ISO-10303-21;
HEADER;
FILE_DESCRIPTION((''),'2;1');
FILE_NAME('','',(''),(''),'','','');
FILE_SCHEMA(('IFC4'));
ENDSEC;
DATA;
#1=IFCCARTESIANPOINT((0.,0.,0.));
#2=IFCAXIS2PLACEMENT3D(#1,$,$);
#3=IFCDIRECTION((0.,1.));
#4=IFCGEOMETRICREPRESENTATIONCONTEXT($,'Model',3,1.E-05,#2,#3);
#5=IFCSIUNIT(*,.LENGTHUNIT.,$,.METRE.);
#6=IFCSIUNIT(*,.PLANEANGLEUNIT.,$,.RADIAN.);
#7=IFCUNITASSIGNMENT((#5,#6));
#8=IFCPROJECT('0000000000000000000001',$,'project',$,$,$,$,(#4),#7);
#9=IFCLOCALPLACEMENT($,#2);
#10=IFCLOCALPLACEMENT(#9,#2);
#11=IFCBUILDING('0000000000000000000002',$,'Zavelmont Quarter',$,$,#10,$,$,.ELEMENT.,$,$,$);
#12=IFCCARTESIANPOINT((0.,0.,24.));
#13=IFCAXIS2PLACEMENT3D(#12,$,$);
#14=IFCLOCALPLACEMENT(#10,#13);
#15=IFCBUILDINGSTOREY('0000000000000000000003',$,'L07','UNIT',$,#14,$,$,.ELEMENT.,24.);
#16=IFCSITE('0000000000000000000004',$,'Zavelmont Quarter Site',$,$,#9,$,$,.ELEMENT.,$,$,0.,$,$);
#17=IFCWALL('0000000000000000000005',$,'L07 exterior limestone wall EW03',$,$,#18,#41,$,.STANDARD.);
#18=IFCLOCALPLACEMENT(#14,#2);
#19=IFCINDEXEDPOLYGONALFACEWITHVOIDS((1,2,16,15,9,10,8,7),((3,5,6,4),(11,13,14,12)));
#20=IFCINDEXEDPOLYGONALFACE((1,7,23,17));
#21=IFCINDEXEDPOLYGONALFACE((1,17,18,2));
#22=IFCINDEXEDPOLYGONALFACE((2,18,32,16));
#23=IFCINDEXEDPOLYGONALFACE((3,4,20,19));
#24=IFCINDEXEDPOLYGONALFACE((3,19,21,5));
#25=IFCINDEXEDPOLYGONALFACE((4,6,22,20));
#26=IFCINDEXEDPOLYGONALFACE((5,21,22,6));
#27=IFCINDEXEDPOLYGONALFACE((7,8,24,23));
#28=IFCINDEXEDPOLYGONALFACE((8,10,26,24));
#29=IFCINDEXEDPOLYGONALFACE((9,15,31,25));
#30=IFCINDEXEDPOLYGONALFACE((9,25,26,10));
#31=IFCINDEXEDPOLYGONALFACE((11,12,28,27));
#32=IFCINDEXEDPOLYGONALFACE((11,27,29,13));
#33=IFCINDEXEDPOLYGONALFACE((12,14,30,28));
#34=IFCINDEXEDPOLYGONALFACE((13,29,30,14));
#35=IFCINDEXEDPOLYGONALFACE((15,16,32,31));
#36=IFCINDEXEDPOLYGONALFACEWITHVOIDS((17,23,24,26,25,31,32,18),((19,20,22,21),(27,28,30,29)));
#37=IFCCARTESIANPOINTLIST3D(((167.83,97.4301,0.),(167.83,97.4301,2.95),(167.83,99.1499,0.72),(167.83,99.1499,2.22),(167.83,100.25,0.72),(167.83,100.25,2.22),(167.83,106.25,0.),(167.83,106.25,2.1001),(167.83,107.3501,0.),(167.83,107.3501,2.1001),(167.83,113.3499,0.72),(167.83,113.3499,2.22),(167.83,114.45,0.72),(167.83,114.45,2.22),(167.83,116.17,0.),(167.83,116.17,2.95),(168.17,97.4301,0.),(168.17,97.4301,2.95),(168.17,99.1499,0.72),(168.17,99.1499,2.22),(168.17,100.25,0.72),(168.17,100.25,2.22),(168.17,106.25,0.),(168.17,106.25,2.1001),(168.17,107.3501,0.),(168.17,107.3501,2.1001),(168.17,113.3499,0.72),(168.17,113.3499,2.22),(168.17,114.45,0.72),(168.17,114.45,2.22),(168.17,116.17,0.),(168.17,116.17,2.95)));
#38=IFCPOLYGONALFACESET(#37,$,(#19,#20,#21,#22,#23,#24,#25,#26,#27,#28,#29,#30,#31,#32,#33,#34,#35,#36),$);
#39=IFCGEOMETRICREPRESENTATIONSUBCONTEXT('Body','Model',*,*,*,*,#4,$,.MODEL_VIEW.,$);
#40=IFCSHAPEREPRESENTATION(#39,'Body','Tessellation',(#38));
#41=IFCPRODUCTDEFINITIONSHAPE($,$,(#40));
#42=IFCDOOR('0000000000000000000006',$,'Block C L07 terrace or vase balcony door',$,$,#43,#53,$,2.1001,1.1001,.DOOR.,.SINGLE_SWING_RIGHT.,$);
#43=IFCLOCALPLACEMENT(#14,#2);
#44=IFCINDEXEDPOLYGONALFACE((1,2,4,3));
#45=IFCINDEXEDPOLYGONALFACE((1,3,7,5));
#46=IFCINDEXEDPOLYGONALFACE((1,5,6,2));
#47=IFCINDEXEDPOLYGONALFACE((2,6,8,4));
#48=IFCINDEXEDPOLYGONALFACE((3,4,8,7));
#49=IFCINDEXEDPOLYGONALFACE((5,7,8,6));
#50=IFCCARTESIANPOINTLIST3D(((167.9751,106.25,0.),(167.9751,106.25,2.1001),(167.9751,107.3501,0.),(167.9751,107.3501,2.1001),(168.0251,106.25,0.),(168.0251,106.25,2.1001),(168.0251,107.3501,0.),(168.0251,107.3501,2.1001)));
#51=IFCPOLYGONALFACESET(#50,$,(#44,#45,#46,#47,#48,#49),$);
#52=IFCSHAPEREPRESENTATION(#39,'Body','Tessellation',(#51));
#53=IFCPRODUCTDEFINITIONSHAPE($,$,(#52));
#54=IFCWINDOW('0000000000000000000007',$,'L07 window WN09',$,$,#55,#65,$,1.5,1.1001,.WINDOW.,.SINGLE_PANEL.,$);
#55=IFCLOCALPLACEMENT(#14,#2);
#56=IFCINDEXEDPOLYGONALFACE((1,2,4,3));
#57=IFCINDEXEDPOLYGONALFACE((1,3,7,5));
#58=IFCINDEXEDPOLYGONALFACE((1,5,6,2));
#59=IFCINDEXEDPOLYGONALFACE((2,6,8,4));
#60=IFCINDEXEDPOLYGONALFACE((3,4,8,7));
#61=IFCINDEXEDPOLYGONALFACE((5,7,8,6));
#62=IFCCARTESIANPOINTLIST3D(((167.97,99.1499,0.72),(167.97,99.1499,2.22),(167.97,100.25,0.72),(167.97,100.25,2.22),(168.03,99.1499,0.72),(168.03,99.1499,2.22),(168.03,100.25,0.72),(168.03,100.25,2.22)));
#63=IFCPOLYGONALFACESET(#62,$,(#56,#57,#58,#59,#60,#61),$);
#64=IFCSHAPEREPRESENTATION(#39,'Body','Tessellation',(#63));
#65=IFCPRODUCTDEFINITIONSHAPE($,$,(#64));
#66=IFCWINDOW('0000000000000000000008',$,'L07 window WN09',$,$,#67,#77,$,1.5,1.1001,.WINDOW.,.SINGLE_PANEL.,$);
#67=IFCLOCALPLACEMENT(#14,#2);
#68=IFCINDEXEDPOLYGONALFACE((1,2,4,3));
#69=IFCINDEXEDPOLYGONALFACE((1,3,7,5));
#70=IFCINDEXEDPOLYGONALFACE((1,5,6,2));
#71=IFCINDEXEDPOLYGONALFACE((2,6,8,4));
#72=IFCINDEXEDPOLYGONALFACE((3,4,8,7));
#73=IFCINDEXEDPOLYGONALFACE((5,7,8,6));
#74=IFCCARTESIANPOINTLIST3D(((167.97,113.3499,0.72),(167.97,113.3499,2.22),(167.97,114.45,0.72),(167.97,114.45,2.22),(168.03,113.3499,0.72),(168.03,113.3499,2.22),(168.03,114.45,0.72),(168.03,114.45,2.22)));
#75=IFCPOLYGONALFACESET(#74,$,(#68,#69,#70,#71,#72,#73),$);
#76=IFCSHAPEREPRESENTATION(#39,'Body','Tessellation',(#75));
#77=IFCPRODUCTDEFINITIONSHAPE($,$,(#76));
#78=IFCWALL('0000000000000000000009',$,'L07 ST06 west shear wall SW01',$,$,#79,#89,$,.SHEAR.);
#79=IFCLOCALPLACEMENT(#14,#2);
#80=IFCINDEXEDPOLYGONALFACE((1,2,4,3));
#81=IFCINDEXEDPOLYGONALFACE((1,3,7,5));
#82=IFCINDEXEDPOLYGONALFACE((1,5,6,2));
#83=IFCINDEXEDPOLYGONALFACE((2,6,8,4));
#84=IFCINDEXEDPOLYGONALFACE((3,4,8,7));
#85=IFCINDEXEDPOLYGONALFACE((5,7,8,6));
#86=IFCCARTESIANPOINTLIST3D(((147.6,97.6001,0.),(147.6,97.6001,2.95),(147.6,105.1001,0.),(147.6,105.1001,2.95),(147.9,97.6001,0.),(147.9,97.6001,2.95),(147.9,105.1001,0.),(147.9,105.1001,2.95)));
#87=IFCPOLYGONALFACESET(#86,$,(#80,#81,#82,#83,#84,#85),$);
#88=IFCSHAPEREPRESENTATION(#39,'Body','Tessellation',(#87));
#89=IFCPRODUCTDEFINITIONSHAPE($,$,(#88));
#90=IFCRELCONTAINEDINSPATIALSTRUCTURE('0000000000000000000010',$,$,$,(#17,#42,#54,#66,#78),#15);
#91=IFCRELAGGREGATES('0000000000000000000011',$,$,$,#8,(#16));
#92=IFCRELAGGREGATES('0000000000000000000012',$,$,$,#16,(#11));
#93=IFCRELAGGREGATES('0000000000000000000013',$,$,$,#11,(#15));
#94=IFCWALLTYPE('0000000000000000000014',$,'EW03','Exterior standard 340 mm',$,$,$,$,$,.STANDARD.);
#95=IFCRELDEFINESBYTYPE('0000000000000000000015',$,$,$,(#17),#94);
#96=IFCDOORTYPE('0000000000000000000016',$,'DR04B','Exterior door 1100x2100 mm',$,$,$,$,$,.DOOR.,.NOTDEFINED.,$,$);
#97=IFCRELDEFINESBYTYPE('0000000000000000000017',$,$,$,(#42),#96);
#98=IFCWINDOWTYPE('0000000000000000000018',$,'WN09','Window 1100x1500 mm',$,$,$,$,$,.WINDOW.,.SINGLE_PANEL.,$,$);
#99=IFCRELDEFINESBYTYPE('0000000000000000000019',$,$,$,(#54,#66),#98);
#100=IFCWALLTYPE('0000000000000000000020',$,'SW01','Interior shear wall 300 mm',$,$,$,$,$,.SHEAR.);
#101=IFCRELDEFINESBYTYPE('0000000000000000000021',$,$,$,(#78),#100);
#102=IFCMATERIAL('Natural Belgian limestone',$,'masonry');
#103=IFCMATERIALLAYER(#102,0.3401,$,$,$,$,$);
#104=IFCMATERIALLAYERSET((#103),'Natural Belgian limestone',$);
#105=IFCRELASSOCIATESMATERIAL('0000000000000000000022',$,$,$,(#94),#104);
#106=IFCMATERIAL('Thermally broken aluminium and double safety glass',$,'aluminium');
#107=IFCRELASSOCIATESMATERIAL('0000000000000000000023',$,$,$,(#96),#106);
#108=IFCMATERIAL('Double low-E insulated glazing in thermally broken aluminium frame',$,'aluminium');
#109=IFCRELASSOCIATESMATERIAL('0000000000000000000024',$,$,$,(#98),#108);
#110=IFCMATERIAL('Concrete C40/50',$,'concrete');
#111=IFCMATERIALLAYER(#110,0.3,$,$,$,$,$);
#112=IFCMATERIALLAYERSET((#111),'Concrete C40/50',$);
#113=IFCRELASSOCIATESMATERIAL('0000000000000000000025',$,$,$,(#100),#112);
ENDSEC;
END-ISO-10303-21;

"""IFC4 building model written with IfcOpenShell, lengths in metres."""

from ifc_helpers import new_model, si_unit, direction, frame, frame_2d, origin, origin_with_axes, place, context, subcontext, project, spatial, rectangle, extrude, material, layer, layer_set, type_object, element, fill, save


model = new_model("IFC4")

# Units and contexts
model_context = context("Model", 3, precision=1e-05, world=origin(), true_north=direction((0.0, 1.0)))
body_context = subcontext(model_context, "Body", "Model", "MODEL_VIEW")
ifc_project = project(units=[si_unit("LENGTHUNIT", "METRE"), si_unit("PLANEANGLEUNIT", "RADIAN")], contexts=[model_context])

# Site, building, storey
site_placement = place(None, origin())
site = spatial("IfcSite", under=ifc_project, at=site_placement, Name="Zavelmont Quarter Site", CompositionType="ELEMENT", RefElevation=0.0)
building_placement = place(site_placement, origin())
building = spatial("IfcBuilding", under=site, at=building_placement, Name="Zavelmont Quarter", CompositionType="ELEMENT")
storey_placement = place(building_placement, frame((0.0, 0.0, 24.0)))
storey = spatial("IfcBuildingStorey", under=building, at=storey_placement, Name="L07", Description="UNIT", CompositionType="ELEMENT", Elevation=24.0)

# Wall, openings, door, windows
ifc_material_1 = material(Name="Natural Belgian limestone", Category="masonry")
ifc_layer_1 = layer(ifc_material_1, 0.3401)
ifc_layer_set_1 = layer_set([ifc_layer_1], Name="Natural Belgian limestone")
wall_type_1 = type_object("IfcWallType", Name="EW03", Description="Exterior standard 340 mm", PredefinedType="STANDARD", material=ifc_layer_set_1)
wall_1_placement = place(storey_placement, frame((168.0, 97.4299, 0.0), z_axis=(0.0, 0.0, 1.0), x_axis=(0.0, 1.0, 0.0)))
wall_1 = element("IfcWall", 1, at=wall_1_placement, inside=storey, type_object=wall_type_1, Name="L07 exterior limestone wall EW03", PredefinedType="STANDARD", context=body_context, shape_type="SweptSolid", body=[
    extrude(rectangle(XDim=18.74, YDim=0.3401, at=frame_2d((9.3701, 0.0))), origin(), (0.0, 0.0, 1.0), 2.95),
])
opening_1_placement = place(wall_1_placement, frame((8.8201, 0.0, 0.0)))
opening_1 = element("IfcOpeningElement", 2, at=opening_1_placement, cuts=wall_1, PredefinedType="OPENING", context=body_context, shape_type="SweptSolid", body=[
    extrude(rectangle(XDim=1.1001, YDim=2.1001, at=frame_2d((0.55, 1.05))), frame((0.0, 0.1821, 0.0), z_axis=(0.0, -1.0, 0.0), x_axis=(1.0, 0.0, 0.0)), (0.0, 0.0, 1.0), 0.364),
])
opening_2_placement = place(wall_1_placement, frame((1.72, 0.0, 0.72)))
opening_2 = element("IfcOpeningElement", 3, at=opening_2_placement, cuts=wall_1, PredefinedType="OPENING", context=body_context, shape_type="SweptSolid", body=[
    extrude(rectangle(XDim=1.1001, YDim=1.5, at=frame_2d((0.55, 0.75))), frame((0.0, 0.1821, 0.0), z_axis=(0.0, -1.0, 0.0), x_axis=(1.0, 0.0, 0.0)), (0.0, 0.0, 1.0), 0.364),
])
opening_3_placement = place(wall_1_placement, frame((15.9199, 0.0, 0.72)))
opening_3 = element("IfcOpeningElement", 4, at=opening_3_placement, cuts=wall_1, PredefinedType="OPENING", context=body_context, shape_type="SweptSolid", body=[
    extrude(rectangle(XDim=1.1001, YDim=1.5, at=frame_2d((0.55, 0.75))), frame((0.0, 0.1821, 0.0), z_axis=(0.0, -1.0, 0.0), x_axis=(1.0, 0.0, 0.0)), (0.0, 0.0, 1.0), 0.364),
])
ifc_material_2 = material(Name="Thermally broken aluminium and double safety glass", Category="aluminium")
door_type = type_object("IfcDoorType", Name="DR04B", Description="Exterior door 1100x2100 mm", OperationType="NOTDEFINED", PredefinedType="DOOR", material=ifc_material_2)
door_placement = place(opening_1_placement, origin_with_axes())
door = element("IfcDoor", 5, at=door_placement, inside=storey, type_object=door_type, Name="Block C L07 terrace or vase balcony door", OperationType="SINGLE_SWING_RIGHT", OverallHeight=2.1001, OverallWidth=1.1001, PredefinedType="DOOR", context=body_context, shape_type="SweptSolid", body=[
    extrude(rectangle(XDim=1.1001, YDim=2.1001, at=frame_2d((0.55, 1.05))), frame((0.0, 0.0249, 0.0), z_axis=(0.0, -1.0, 0.0), x_axis=(1.0, 0.0, 0.0)), (0.0, 0.0, 1.0), 0.05),
])
fill(opening_1, door)
ifc_material_3 = material(Name="Double low-E insulated glazing in thermally broken aluminium frame", Category="aluminium")
window_type = type_object("IfcWindowType", Name="WN09", Description="Window 1100x1500 mm", PartitioningType="SINGLE_PANEL", PredefinedType="WINDOW", material=ifc_material_3)
window_1_placement = place(opening_2_placement, origin_with_axes())
window_1 = element("IfcWindow", 6, at=window_1_placement, inside=storey, type_object=window_type, Name="L07 window WN09", OverallHeight=1.5, OverallWidth=1.1001, PartitioningType="SINGLE_PANEL", PredefinedType="WINDOW", context=body_context, shape_type="SweptSolid", body=[
    extrude(rectangle(XDim=1.1001, YDim=1.5, at=frame_2d((0.55, 0.75))), frame((0.0, 0.03, 0.0), z_axis=(0.0, -1.0, 0.0), x_axis=(1.0, 0.0, 0.0)), (0.0, 0.0, 1.0), 0.0601),
])
fill(opening_2, window_1)
window_2_placement = place(opening_3_placement, origin_with_axes())
window_2 = element("IfcWindow", 7, at=window_2_placement, inside=storey, type_object=window_type, Name="L07 window WN09", OverallHeight=1.5, OverallWidth=1.1001, PartitioningType="SINGLE_PANEL", PredefinedType="WINDOW", context=body_context, shape_type="SweptSolid", body=[
    extrude(rectangle(XDim=1.1001, YDim=1.5, at=frame_2d((0.55, 0.75))), frame((0.0, 0.03, 0.0), z_axis=(0.0, -1.0, 0.0), x_axis=(1.0, 0.0, 0.0)), (0.0, 0.0, 1.0), 0.0601),
])
fill(opening_3, window_2)

# Wall
ifc_material_4 = material(Name="Concrete C40/50", Category="concrete")
ifc_layer_2 = layer(ifc_material_4, 0.3)
ifc_layer_set_2 = layer_set([ifc_layer_2], Name="Concrete C40/50")
wall_type_2 = type_object("IfcWallType", Name="SW01", Description="Interior shear wall 300 mm", PredefinedType="SHEAR", material=ifc_layer_set_2)
wall_2_placement = place(storey_placement, frame((147.75, 97.6001, 0.0), z_axis=(0.0, 0.0, 1.0), x_axis=(0.0, 1.0, 0.0)))
element("IfcWall", 8, at=wall_2_placement, inside=storey, type_object=wall_type_2, Name="L07 ST06 west shear wall SW01", PredefinedType="SHEAR", context=body_context, shape_type="SweptSolid", body=[
    extrude(rectangle(XDim=7.5, YDim=0.3, at=frame_2d((3.75, 0.0))), origin(), (0.0, 0.0, 1.0), 2.95),
])

save(model, "model.ifc")
